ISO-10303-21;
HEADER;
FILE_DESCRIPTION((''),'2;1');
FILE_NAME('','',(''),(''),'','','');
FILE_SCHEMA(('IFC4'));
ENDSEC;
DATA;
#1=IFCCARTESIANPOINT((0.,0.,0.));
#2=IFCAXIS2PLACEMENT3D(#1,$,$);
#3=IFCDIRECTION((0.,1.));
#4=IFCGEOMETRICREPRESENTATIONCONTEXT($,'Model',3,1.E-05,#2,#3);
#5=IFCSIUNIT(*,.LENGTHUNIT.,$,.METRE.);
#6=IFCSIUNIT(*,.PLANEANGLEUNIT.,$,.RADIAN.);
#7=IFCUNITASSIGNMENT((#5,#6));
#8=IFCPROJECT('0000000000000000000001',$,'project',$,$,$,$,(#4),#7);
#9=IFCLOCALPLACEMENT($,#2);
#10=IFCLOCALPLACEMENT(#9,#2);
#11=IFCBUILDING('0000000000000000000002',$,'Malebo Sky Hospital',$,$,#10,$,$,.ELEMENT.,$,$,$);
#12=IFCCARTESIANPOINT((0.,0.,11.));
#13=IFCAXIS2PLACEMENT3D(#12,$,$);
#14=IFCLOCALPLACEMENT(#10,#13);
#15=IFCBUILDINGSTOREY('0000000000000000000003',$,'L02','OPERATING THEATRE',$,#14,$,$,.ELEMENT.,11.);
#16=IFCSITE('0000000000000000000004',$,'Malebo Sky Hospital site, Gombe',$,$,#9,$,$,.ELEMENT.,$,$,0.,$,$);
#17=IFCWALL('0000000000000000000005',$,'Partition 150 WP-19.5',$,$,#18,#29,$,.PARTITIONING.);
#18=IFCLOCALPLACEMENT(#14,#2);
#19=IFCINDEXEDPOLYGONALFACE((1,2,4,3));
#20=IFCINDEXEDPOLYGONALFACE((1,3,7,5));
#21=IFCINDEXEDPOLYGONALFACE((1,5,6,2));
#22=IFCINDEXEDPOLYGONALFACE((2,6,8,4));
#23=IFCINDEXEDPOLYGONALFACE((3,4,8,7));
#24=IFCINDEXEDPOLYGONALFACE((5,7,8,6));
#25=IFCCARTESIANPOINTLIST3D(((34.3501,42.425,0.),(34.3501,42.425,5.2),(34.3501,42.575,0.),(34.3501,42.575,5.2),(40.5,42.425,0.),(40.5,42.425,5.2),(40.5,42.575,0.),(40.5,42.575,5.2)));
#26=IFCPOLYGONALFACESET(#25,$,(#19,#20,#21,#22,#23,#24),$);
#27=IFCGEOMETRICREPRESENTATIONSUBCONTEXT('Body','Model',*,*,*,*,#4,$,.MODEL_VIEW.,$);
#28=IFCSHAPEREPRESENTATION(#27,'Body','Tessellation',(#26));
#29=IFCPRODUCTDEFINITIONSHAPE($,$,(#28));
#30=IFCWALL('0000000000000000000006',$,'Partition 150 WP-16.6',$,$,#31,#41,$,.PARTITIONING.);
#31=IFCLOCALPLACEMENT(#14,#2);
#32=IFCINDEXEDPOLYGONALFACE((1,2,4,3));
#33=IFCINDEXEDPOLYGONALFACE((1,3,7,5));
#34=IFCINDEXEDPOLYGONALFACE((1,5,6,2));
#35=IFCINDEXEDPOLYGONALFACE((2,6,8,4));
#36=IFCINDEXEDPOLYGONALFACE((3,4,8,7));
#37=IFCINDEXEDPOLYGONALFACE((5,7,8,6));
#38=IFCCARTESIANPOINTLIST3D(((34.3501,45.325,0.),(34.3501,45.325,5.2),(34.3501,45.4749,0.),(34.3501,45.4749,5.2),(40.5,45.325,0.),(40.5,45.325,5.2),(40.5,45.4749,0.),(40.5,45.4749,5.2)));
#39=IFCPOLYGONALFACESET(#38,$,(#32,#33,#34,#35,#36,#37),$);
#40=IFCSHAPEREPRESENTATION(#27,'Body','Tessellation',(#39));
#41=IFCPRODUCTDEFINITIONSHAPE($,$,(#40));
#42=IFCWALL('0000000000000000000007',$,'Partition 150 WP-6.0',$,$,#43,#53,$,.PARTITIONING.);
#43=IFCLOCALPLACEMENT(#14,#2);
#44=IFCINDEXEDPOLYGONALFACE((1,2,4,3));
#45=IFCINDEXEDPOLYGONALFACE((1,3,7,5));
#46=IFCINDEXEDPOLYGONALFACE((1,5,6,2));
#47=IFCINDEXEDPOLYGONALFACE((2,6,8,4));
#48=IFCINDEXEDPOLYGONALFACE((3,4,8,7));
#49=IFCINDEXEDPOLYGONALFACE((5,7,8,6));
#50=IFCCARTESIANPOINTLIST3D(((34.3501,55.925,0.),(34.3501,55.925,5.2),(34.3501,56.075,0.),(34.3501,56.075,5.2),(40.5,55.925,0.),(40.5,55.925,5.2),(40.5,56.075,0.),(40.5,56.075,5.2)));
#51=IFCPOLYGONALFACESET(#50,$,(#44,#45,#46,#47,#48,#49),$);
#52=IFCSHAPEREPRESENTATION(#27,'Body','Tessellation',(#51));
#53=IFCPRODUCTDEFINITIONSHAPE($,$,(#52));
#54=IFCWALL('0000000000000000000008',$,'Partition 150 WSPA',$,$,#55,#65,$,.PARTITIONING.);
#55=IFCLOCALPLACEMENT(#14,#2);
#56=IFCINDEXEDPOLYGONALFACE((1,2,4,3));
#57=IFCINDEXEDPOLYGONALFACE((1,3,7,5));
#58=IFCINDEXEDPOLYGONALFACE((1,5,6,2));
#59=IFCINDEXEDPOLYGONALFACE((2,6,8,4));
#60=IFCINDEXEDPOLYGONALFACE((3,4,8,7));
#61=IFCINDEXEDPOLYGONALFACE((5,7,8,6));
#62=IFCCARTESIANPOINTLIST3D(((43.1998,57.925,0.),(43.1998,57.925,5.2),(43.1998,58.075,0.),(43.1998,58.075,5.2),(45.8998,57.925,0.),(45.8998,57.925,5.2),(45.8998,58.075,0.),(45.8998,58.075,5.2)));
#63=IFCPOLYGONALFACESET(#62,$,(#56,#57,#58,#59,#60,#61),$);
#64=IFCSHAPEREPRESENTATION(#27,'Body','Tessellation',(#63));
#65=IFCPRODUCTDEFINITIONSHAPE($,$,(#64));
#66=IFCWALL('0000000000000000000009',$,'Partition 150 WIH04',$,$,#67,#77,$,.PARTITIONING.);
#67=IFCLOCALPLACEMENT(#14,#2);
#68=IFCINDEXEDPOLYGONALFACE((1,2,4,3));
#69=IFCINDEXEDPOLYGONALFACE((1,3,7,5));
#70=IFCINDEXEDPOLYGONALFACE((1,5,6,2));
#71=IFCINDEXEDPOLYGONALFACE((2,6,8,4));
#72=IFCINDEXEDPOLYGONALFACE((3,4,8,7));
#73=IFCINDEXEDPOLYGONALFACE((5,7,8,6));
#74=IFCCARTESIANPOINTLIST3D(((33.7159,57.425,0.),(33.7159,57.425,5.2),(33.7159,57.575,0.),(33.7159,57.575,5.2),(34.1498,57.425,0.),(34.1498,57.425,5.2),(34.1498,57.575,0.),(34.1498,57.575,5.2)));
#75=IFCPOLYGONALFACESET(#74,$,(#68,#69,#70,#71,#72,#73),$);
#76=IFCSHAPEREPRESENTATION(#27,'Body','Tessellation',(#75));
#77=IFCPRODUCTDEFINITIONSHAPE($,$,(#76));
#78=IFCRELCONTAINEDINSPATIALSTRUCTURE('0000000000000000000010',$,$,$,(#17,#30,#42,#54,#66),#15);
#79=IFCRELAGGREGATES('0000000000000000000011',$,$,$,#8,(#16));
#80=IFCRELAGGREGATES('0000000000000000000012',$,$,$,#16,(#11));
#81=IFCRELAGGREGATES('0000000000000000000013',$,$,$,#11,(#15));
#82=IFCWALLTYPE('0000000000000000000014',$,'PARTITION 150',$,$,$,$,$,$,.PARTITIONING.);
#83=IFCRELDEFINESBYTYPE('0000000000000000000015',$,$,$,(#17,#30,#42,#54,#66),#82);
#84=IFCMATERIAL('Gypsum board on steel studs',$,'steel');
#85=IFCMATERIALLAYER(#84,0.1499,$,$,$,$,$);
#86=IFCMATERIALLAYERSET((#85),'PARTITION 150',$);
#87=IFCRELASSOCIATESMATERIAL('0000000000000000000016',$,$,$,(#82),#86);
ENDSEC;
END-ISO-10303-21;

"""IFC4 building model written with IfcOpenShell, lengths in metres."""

from ifc_helpers import new_model, si_unit, direction, frame, frame_2d, origin, place, context, subcontext, project, spatial, rectangle, extrude, material, layer, layer_set, type_object, element, save


model = new_model("IFC4")

# Units and contexts
model_context = context("Model", 3, precision=1e-05, world=origin(), true_north=direction((0.0, 1.0)))
body_context = subcontext(model_context, "Body", "Model", "MODEL_VIEW")
ifc_project = project(units=[si_unit("LENGTHUNIT", "METRE"), si_unit("PLANEANGLEUNIT", "RADIAN")], contexts=[model_context])

# Site, building, storey
site_placement = place(None, origin())
site = spatial("IfcSite", under=ifc_project, at=site_placement, Name="Malebo Sky Hospital site, Gombe", CompositionType="ELEMENT", RefElevation=0.0)
building_placement = place(site_placement, origin())
building = spatial("IfcBuilding", under=site, at=building_placement, Name="Malebo Sky Hospital", CompositionType="ELEMENT")
storey_placement = place(building_placement, frame((0.0, 0.0, 11.0)))
storey = spatial("IfcBuildingStorey", under=building, at=storey_placement, Name="L02", Description="OPERATING THEATRE", CompositionType="ELEMENT", Elevation=11.0)

# Shared definitions
ifc_material_1 = material(Name="Gypsum board on steel studs", Category="steel")

# Walls
ifc_layer_1 = layer(ifc_material_1, 0.1499)
ifc_layer_set_1 = layer_set([ifc_layer_1], Name="PARTITION 150")
wall_type_1 = type_object("IfcWallType", Name="PARTITION 150", PredefinedType="PARTITIONING", material=ifc_layer_set_1)
for number, where, z_axis, x_axis, name in (
    (1, (40.5, 42.5, 0.0), (0.0, 0.0, 1.0), (-1.0, 0.0, 0.0), "Partition 150 WP-19.5"),
    (2, (40.5, 45.3999, 0.0), (0.0, 0.0, 1.0), (-1.0, 0.0, 0.0), "Partition 150 WP-16.6"),
    (3, (40.5, 56.0, 0.0), (0.0, 0.0, 1.0), (-1.0, 0.0, 0.0), "Partition 150 WP-6.0"),
):
    element("IfcWall", number, at=place(storey_placement, frame(where, z_axis=z_axis, x_axis=x_axis)), inside=storey, type_object=wall_type_1, Name=name, PredefinedType="PARTITIONING", context=body_context, shape_type="SweptSolid", body=[
        extrude(rectangle(XDim=6.1499, YDim=0.1499, at=frame_2d((3.075, 0.0))), origin(), (0.0, 0.0, 1.0), 5.2),
    ])
wall_1_placement = place(storey_placement, frame((45.8999, 58.0, 0.0), z_axis=(0.0, 0.0, 1.0), x_axis=(-1.0, 0.0, 0.0)))
element("IfcWall", 4, at=wall_1_placement, inside=storey, type_object=wall_type_1, Name="Partition 150 WSPA", PredefinedType="PARTITIONING", context=body_context, shape_type="SweptSolid", body=[
    extrude(rectangle(XDim=2.7, YDim=0.1499, at=frame_2d((1.3501, 0.0))), origin(), (0.0, 0.0, 1.0), 5.2),
])
wall_2_placement = place(storey_placement, frame((33.7161, 57.5, 0.0), z_axis=(0.0, 0.0, 1.0), x_axis=(1.0, 0.0, 0.0)))
element("IfcWall", 5, at=wall_2_placement, inside=storey, type_object=wall_type_1, Name="Partition 150 WIH04", PredefinedType="PARTITIONING", context=body_context, shape_type="SweptSolid", body=[
    extrude(rectangle(XDim=0.4338, YDim=0.1499, at=frame_2d((0.2168, 0.0))), origin(), (0.0, 0.0, 1.0), 5.2),
])

save(model, "model.ifc")
